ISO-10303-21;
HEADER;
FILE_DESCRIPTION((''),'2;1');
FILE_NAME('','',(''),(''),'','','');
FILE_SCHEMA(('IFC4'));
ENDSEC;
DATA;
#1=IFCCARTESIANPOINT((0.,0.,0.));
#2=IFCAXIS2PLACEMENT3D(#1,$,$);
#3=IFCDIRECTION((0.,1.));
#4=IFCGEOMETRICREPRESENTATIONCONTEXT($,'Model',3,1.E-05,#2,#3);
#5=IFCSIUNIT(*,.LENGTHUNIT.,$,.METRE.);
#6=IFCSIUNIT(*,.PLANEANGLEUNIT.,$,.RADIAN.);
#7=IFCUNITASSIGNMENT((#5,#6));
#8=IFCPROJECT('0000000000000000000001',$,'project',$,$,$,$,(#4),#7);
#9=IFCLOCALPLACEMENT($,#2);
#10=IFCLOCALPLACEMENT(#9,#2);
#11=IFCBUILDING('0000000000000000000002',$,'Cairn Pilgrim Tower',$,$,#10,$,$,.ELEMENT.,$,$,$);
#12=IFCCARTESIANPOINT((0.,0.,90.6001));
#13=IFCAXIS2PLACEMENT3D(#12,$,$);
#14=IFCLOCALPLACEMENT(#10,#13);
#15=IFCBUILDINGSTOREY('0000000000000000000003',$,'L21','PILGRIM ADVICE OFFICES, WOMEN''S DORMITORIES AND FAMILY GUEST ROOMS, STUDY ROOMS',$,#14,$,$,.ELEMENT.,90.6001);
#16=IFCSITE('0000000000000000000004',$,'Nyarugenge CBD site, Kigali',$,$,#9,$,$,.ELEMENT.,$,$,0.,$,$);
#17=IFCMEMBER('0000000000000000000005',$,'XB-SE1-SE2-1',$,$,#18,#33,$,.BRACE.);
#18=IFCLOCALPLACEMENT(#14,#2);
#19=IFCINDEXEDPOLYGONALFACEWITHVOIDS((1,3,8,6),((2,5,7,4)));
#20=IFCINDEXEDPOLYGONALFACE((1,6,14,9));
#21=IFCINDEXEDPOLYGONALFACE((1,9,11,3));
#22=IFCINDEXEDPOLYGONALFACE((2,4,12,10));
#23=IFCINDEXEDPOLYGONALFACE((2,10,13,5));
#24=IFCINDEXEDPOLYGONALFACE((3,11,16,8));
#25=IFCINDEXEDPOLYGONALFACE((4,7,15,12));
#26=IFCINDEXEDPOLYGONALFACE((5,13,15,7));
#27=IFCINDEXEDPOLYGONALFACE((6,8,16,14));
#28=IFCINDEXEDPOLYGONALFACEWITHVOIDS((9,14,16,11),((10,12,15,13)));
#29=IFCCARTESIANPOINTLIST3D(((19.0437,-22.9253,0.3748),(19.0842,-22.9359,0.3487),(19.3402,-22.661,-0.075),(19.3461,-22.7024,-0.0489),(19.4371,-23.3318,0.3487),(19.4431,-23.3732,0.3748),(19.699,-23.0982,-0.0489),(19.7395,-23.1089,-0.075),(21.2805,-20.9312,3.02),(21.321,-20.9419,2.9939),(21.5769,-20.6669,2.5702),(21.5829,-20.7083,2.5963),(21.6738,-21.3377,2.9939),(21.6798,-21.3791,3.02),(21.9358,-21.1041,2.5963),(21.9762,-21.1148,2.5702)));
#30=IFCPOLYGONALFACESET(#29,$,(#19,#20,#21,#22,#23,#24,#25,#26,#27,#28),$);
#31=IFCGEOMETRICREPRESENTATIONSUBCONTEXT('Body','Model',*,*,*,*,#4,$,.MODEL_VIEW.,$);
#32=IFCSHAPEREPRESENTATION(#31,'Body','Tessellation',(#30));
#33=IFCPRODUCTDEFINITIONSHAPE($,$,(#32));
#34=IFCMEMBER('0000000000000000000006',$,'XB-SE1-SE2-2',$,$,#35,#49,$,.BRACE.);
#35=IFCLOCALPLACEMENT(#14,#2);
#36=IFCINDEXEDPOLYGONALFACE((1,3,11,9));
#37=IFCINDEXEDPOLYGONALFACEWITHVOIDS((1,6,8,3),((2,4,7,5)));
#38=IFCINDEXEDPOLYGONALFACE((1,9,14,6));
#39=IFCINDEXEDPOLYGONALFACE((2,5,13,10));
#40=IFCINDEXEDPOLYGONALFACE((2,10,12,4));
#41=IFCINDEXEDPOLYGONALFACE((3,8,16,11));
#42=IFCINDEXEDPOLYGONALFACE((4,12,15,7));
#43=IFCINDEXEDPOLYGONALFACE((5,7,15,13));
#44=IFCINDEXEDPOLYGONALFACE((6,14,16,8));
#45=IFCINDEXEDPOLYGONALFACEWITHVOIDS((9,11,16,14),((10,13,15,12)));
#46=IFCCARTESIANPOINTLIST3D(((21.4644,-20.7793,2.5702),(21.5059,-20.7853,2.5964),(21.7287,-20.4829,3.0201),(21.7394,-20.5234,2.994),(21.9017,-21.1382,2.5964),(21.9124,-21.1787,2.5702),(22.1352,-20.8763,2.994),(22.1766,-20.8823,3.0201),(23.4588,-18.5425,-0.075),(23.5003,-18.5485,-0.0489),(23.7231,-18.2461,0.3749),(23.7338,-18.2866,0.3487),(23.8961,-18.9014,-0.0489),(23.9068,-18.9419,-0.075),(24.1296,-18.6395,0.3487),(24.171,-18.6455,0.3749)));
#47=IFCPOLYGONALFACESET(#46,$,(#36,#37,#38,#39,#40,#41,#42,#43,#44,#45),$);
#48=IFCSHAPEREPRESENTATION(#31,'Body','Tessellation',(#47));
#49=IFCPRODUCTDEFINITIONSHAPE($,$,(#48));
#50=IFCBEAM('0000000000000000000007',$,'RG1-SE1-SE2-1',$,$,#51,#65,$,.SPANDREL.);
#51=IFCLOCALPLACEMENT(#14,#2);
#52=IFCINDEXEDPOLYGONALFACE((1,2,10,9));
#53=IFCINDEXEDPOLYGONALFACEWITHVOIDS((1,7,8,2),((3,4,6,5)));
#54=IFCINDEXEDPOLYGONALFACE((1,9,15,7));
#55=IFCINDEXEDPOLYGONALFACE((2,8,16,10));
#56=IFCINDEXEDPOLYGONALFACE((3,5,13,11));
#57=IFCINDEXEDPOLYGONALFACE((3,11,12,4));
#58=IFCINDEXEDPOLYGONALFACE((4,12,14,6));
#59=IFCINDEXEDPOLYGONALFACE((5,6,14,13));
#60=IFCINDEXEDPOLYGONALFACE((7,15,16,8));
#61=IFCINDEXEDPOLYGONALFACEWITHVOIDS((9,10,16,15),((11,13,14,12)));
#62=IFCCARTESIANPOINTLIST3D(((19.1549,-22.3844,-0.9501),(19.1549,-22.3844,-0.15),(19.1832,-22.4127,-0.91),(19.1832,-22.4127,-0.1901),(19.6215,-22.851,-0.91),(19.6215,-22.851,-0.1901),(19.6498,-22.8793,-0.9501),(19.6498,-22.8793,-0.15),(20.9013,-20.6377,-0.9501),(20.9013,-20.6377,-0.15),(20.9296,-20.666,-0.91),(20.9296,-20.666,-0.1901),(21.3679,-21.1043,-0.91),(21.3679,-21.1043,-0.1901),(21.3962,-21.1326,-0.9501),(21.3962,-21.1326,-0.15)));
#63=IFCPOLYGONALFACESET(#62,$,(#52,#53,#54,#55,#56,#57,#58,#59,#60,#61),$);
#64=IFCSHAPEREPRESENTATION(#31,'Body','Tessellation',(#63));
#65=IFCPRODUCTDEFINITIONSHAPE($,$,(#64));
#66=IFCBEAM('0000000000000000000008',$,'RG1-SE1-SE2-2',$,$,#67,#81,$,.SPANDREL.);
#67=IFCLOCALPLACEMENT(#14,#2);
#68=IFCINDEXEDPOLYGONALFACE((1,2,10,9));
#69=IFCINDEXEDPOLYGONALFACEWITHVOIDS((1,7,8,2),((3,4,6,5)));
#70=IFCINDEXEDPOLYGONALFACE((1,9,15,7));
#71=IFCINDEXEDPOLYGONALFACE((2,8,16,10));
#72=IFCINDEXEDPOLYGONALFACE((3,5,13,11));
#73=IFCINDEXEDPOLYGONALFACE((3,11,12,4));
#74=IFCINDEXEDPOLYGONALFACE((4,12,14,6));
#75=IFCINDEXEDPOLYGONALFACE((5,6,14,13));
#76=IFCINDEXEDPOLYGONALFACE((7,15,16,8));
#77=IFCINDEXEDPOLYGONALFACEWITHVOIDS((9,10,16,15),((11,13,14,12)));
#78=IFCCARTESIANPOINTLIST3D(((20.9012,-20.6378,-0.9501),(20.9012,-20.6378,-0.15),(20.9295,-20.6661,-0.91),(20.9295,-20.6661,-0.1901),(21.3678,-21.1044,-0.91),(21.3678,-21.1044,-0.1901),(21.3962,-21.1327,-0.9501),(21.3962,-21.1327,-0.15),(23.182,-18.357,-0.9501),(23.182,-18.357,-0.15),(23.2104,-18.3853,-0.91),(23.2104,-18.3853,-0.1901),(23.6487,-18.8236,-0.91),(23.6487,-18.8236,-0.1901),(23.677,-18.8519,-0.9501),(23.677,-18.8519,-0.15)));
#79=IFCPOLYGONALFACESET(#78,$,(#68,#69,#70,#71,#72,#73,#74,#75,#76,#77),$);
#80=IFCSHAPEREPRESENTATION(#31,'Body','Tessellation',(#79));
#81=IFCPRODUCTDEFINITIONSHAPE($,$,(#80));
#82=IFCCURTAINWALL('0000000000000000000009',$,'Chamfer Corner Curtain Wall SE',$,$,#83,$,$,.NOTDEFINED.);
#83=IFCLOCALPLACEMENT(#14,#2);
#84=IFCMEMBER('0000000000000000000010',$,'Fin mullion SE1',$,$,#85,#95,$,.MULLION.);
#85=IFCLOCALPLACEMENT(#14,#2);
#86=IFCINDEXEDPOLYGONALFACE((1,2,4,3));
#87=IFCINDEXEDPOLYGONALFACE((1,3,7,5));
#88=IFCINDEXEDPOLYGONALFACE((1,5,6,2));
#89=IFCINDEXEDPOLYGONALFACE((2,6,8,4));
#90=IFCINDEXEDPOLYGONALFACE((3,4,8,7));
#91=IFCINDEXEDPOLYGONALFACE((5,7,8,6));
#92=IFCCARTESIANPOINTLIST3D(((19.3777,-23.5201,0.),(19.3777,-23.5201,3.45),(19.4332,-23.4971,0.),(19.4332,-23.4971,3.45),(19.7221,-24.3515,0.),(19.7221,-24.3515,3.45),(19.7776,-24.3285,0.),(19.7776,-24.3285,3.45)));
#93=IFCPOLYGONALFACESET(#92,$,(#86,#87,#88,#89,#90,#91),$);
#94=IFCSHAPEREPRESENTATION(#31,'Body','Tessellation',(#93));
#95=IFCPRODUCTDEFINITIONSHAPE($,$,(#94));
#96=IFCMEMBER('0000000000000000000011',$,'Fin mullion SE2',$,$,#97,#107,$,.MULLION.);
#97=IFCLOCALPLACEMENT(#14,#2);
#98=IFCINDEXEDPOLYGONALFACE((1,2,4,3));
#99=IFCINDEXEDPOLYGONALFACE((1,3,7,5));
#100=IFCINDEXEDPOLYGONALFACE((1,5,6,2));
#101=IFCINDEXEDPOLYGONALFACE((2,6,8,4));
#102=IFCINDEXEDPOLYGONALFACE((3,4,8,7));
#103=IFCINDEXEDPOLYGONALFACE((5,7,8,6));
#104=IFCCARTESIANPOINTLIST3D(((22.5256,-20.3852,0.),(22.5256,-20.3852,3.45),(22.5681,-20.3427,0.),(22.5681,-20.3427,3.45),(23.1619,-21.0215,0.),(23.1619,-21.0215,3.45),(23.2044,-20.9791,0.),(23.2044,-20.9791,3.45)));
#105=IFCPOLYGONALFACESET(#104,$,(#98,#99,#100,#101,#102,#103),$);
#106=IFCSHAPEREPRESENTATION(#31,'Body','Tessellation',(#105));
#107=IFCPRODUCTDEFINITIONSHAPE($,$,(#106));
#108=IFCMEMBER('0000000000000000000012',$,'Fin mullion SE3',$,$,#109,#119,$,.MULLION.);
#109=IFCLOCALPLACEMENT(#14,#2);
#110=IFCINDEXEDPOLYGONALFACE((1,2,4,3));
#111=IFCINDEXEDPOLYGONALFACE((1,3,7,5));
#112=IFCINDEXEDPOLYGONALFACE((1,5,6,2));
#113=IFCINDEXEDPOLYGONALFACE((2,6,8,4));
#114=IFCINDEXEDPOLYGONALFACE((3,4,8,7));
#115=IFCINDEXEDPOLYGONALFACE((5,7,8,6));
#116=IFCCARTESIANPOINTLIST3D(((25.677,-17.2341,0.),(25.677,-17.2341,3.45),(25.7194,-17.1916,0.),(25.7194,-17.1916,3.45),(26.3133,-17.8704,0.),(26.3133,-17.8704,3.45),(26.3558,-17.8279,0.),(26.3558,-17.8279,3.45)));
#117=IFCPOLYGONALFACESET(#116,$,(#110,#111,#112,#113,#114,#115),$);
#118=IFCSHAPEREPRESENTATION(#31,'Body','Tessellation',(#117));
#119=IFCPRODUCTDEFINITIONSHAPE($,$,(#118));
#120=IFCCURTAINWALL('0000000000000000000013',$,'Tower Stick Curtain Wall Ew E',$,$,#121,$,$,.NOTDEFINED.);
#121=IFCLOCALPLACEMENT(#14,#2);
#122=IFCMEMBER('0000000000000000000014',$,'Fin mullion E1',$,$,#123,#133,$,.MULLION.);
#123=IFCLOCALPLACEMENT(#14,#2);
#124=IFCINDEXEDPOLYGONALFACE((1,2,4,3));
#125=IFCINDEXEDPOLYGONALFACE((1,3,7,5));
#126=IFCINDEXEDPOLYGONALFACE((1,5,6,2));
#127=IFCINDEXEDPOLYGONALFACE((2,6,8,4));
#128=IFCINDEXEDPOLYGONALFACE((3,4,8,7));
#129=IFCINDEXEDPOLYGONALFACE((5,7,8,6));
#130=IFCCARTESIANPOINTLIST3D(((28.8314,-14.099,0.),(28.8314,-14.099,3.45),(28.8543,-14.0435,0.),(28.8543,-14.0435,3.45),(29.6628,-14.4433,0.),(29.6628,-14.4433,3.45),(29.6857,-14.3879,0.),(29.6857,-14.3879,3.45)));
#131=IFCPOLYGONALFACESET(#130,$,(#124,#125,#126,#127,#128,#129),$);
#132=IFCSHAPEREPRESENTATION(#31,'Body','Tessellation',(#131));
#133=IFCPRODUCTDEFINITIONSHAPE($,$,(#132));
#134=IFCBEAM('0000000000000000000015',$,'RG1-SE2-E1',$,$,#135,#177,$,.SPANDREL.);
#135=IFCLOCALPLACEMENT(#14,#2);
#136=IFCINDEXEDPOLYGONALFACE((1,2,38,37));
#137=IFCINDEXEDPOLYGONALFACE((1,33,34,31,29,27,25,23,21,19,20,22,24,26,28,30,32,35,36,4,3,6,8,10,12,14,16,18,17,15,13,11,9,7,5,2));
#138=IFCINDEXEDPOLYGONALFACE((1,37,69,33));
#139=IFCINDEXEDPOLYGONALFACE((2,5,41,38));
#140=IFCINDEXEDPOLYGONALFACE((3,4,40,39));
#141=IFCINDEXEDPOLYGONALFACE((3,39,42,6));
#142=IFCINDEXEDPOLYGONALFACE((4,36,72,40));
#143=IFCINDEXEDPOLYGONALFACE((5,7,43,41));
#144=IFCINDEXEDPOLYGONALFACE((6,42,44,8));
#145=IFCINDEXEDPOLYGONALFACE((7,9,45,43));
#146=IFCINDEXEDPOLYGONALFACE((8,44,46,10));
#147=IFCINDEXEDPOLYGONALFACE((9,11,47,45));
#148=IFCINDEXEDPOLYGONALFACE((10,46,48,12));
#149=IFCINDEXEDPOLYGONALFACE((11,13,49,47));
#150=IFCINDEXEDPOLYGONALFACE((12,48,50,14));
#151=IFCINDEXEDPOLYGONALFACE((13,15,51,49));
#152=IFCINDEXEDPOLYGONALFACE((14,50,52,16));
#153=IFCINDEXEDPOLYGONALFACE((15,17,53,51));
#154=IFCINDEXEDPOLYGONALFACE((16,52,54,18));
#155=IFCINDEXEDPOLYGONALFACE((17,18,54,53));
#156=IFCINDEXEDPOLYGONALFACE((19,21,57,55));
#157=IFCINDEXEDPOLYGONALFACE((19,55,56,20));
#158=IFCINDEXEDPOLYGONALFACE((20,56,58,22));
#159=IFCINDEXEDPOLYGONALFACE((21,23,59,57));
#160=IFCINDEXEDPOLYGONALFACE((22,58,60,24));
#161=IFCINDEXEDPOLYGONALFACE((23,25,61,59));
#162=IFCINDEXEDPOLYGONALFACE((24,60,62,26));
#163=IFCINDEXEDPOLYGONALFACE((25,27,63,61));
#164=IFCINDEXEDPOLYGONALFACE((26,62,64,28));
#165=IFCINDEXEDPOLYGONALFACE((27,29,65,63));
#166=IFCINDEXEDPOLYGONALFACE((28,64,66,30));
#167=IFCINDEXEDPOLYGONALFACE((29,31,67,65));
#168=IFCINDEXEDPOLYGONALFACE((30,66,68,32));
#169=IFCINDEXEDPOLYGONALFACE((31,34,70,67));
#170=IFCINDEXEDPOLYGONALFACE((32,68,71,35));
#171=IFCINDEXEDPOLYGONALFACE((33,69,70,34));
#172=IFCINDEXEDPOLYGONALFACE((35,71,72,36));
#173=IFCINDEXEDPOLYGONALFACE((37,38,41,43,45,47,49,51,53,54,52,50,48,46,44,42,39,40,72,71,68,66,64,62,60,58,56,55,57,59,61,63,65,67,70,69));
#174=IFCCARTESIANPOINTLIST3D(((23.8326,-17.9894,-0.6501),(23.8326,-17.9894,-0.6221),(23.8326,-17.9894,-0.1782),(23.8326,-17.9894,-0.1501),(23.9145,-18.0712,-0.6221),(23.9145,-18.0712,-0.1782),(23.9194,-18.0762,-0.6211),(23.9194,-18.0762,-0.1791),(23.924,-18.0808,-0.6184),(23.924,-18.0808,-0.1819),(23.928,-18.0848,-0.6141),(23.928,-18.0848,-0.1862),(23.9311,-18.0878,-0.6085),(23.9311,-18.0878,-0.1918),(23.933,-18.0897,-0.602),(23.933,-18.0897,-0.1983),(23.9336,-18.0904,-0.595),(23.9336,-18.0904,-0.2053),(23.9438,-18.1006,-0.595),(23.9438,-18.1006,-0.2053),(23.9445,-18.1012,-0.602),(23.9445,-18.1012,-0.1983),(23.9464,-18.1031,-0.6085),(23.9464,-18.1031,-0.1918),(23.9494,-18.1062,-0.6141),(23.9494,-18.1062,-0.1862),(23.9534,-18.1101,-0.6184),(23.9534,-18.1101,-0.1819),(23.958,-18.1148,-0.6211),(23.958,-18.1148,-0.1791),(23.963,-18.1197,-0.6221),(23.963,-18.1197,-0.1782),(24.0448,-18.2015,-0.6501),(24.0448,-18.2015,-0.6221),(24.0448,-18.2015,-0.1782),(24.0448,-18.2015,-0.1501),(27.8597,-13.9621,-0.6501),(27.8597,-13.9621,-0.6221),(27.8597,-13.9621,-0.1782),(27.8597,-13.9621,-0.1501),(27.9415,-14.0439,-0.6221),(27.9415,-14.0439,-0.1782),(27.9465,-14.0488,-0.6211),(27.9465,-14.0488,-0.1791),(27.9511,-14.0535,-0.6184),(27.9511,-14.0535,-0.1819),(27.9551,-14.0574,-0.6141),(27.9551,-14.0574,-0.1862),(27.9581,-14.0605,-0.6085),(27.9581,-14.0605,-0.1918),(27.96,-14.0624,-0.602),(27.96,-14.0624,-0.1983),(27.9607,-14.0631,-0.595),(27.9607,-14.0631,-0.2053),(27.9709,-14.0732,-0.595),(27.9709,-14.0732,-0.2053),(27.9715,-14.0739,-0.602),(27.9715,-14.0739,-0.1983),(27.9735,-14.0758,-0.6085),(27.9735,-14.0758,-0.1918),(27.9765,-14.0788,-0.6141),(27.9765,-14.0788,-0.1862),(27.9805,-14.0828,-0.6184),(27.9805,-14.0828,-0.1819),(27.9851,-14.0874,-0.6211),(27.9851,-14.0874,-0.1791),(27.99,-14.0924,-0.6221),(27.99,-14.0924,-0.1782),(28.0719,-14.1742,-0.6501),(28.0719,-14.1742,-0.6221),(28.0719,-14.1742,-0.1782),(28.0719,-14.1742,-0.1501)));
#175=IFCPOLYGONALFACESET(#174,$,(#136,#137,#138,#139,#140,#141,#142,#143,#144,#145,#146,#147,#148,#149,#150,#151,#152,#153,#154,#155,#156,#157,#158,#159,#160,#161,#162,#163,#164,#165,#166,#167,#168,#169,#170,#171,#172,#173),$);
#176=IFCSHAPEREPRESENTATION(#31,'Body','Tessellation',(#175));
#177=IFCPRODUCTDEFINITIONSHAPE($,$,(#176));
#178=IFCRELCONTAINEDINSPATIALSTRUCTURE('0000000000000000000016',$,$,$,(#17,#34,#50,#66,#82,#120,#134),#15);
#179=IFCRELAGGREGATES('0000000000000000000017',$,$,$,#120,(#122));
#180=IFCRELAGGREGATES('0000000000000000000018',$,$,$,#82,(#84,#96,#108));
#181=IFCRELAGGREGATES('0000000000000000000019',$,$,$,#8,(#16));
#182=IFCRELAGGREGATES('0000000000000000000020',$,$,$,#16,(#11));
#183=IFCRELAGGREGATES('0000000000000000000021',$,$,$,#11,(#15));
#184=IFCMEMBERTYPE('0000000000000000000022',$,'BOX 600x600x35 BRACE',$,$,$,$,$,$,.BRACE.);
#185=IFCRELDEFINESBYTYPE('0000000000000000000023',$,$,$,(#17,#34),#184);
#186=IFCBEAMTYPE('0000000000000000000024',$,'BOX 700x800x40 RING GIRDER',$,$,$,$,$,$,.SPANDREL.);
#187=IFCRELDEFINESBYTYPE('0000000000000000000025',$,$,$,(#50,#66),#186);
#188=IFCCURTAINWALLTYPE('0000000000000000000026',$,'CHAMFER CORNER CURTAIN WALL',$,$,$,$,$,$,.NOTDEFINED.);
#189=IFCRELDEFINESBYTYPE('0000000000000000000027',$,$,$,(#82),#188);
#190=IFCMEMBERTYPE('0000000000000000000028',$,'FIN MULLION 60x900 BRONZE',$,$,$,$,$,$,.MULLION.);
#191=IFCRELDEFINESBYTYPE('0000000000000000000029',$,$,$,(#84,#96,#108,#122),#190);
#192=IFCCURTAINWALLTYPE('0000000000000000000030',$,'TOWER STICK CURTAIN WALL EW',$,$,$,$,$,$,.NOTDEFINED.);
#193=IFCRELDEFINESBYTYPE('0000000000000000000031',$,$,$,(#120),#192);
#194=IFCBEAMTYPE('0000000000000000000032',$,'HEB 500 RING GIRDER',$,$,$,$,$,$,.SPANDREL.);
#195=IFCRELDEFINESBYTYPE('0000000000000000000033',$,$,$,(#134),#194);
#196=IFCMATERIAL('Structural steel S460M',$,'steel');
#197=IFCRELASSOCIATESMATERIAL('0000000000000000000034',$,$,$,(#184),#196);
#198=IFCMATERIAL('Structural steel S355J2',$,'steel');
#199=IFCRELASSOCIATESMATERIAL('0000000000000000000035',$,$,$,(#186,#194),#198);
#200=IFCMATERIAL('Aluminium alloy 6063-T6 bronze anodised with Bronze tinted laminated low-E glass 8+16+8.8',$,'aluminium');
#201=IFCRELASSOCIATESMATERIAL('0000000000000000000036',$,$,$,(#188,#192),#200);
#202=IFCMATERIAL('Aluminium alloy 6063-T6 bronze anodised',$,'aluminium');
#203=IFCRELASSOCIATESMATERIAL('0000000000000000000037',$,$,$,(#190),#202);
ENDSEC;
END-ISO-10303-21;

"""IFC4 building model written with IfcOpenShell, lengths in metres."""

from ifc_helpers import new_model, si_unit, direction, frame, origin, origin_2d, place, context, subcontext, project, spatial, rectangle, hollow_rectangle, i_section, extrude, material, material_profile, profile_set, type_object, element, aggregate, save


model = new_model("IFC4")

# Units and contexts
model_context = context("Model", 3, precision=1e-05, world=origin(), true_north=direction((0.0, 1.0)))
body_context = subcontext(model_context, "Body", "Model", "MODEL_VIEW")
ifc_project = project(units=[si_unit("LENGTHUNIT", "METRE"), si_unit("PLANEANGLEUNIT", "RADIAN")], contexts=[model_context])

# Site, building, storey
site_placement = place(None, origin())
site = spatial("IfcSite", under=ifc_project, at=site_placement, Name="Nyarugenge CBD site, Kigali", CompositionType="ELEMENT", RefElevation=0.0)
building_placement = place(site_placement, origin())
building = spatial("IfcBuilding", under=site, at=building_placement, Name="Cairn Pilgrim Tower", CompositionType="ELEMENT")
storey_placement = place(building_placement, frame((0.0, 0.0, 90.6001)))
storey = spatial("IfcBuildingStorey", under=building, at=storey_placement, Name="L21", Description="PILGRIM ADVICE OFFICES, WOMEN'S DORMITORIES AND FAMILY GUEST ROOMS, STUDY ROOMS", CompositionType="ELEMENT", Elevation=90.6001)

# Shared definitions
ifc_material_1 = material(Name="Structural steel S460M", Category="steel")

# Members
ifc_material_profile_1 = material_profile(ifc_material_1, hollow_rectangle(XDim=0.6001, YDim=0.6001, WallThickness=0.0349, at=origin_2d()), Name="BOX 600x600x35")
ifc_profile_set_1 = profile_set([ifc_material_profile_1], Name="Structural steel S460M")
member_type_1 = type_object("IfcMemberType", Name="BOX 600x600x35 BRACE", PredefinedType="BRACE", material=ifc_profile_set_1)
member_1_placement = place(storey_placement, frame((19.3916, -23.0171, 0.1499), z_axis=(0.5596, 0.498888, 0.661784), x_axis=(-0.665455, 0.746438, 0.0)))
element("IfcMember", 1, at=member_1_placement, inside=storey, type_object=member_type_1, Name="XB-SE1-SE2-1", PredefinedType="BRACE", context=body_context, shape_type="SweptSolid", body=[
    extrude(hollow_rectangle(XDim=0.6001, YDim=0.6001, WallThickness=0.0349, at=origin_2d()), origin(), (0.0, 0.0, 1.0), 3.9971),
])
member_2_placement = place(storey_placement, frame((23.8149, -18.594, 0.1499), z_axis=(-0.498934, -0.559583, 0.661764), x_axis=(0.746397, -0.665501, 0.0)))
element("IfcMember", 2, at=member_2_placement, inside=storey, type_object=member_type_1, Name="XB-SE1-SE2-2", PredefinedType="BRACE", context=body_context, shape_type="SweptSolid", body=[
    extrude(hollow_rectangle(XDim=0.6001, YDim=0.6001, WallThickness=0.0349, at=origin_2d()), origin(), (0.0, 0.0, 1.0), 3.9973),
])

# Beams
ifc_material_2 = material(Name="Structural steel S355J2", Category="steel")
ifc_material_profile_2 = material_profile(ifc_material_2, hollow_rectangle(XDim=0.7, YDim=0.8, WallThickness=0.04, at=origin_2d()), Name="BOX 700x800x40")
ifc_profile_set_2 = profile_set([ifc_material_profile_2], Name="Structural steel S355J2")
beam_type_1 = type_object("IfcBeamType", Name="BOX 700x800x40 RING GIRDER", PredefinedType="SPANDREL", material=ifc_profile_set_2)
beam_1_placement = place(storey_placement, frame((19.4023, -22.6318, -0.55), z_axis=(0.707057, 0.707156, 0.0), x_axis=(-0.707156, 0.707057, 0.0)))
element("IfcBeam", 3, at=beam_1_placement, inside=storey, type_object=beam_type_1, Name="RG1-SE1-SE2-1", PredefinedType="SPANDREL", context=body_context, shape_type="SweptSolid", body=[
    extrude(hollow_rectangle(XDim=0.7, YDim=0.8, WallThickness=0.04, at=origin_2d()), origin(), (0.0, 0.0, 1.0), 2.47),
])
beam_2_placement = place(storey_placement, frame((21.1487, -20.8853, -0.55), z_axis=(0.707107, 0.707107, 0.0), x_axis=(-0.707107, 0.707107, 0.0)))
element("IfcBeam", 4, at=beam_2_placement, inside=storey, type_object=beam_type_1, Name="RG1-SE1-SE2-2", PredefinedType="SPANDREL", context=body_context, shape_type="SweptSolid", body=[
    extrude(hollow_rectangle(XDim=0.7, YDim=0.8, WallThickness=0.04, at=origin_2d()), origin(), (0.0, 0.0, 1.0), 3.2256),
])

# Curtain wall, members
ifc_material_3 = material(Name="Aluminium alloy 6063-T6 bronze anodised with Bronze tinted laminated low-E glass 8+16+8.8", Category="aluminium")
curtain_wall_type_1 = type_object("IfcCurtainWallType", Name="CHAMFER CORNER CURTAIN WALL", PredefinedType="NOTDEFINED", material=ifc_material_3)
curtain_wall_1_placement = place(storey_placement, origin())
curtain_wall_1 = element("IfcCurtainWall", 5, at=curtain_wall_1_placement, inside=storey, type_object=curtain_wall_type_1, Name="Chamfer Corner Curtain Wall SE", PredefinedType="NOTDEFINED")
ifc_material_4 = material(Name="Aluminium alloy 6063-T6 bronze anodised", Category="aluminium")
ifc_material_profile_3 = material_profile(ifc_material_4, rectangle(XDim=0.8999, YDim=0.0601, at=origin_2d()), Name="FIN MULLION 60x900 BRONZE")
ifc_profile_set_3 = profile_set([ifc_material_profile_3], Name="Aluminium alloy 6063-T6 bronze anodised")
member_type_2 = type_object("IfcMemberType", Name="FIN MULLION 60x900 BRONZE", PredefinedType="MULLION", material=ifc_profile_set_3)
member_3_placement = place(storey_placement, frame((19.5776, -23.9243, 0.0), z_axis=(0.0, 0.0, 1.0), x_axis=(0.382683, -0.92388, 0.0)))
member_3 = element("IfcMember", 6, at=member_3_placement, type_object=member_type_2, Name="Fin mullion SE1", PredefinedType="MULLION", context=body_context, shape_type="SweptSolid", body=[
    extrude(rectangle(XDim=0.8999, YDim=0.0601, at=origin_2d()), origin(), (0.0, 0.0, 1.0), 3.45),
])
member_4_placement = place(storey_placement, frame((22.865, -20.6821, 0.0), z_axis=(0.0, 0.0, 1.0), x_axis=(0.707107, -0.707107, 0.0)))
member_4 = element("IfcMember", 7, at=member_4_placement, type_object=member_type_2, Name="Fin mullion SE2", PredefinedType="MULLION", context=body_context, shape_type="SweptSolid", body=[
    extrude(rectangle(XDim=0.8999, YDim=0.0601, at=origin_2d()), origin(), (0.0, 0.0, 1.0), 3.45),
])
member_5_placement = place(storey_placement, frame((26.0164, -17.531, 0.0), z_axis=(0.0, 0.0, 1.0), x_axis=(0.707107, -0.707107, 0.0)))
member_5 = element("IfcMember", 8, at=member_5_placement, type_object=member_type_2, Name="Fin mullion SE3", PredefinedType="MULLION", context=body_context, shape_type="SweptSolid", body=[
    extrude(rectangle(XDim=0.8999, YDim=0.0601, at=origin_2d()), origin(), (0.0, 0.0, 1.0), 3.45),
])

# Curtain wall, member
curtain_wall_type_2 = type_object("IfcCurtainWallType", Name="TOWER STICK CURTAIN WALL EW", PredefinedType="NOTDEFINED", material=ifc_material_3)
curtain_wall_2_placement = place(storey_placement, origin())
curtain_wall_2 = element("IfcCurtainWall", 9, at=curtain_wall_2_placement, inside=storey, type_object=curtain_wall_type_2, Name="Tower Stick Curtain Wall Ew E", PredefinedType="NOTDEFINED")
member_6_placement = place(storey_placement, frame((29.2585, -14.2434, 0.0), z_axis=(0.0, 0.0, 1.0), x_axis=(0.92388, -0.382683, 0.0)))
member_6 = element("IfcMember", 10, at=member_6_placement, type_object=member_type_2, Name="Fin mullion E1", PredefinedType="MULLION", context=body_context, shape_type="SweptSolid", body=[
    extrude(rectangle(XDim=0.8999, YDim=0.0601, at=origin_2d()), origin(), (0.0, 0.0, 1.0), 3.45),
])
aggregate(curtain_wall_2, [member_6])

# Beam
ifc_material_profile_4 = material_profile(ifc_material_2, i_section(OverallWidth=0.3, OverallDepth=0.5, WebThickness=0.0144, FlangeThickness=0.0281, FilletRadius=0.0271, at=origin_2d()), Name="HEB 500")
ifc_profile_set_4 = profile_set([ifc_material_profile_4], Name="Structural steel S355J2")
beam_type_2 = type_object("IfcBeamType", Name="HEB 500 RING GIRDER", PredefinedType="SPANDREL", material=ifc_profile_set_4)
beam_3_placement = place(storey_placement, frame((23.9387, -18.0955, -0.4001), z_axis=(0.707085, 0.707128, 0.0), x_axis=(-0.707128, 0.707085, 0.0)))
element("IfcBeam", 11, at=beam_3_placement, inside=storey, type_object=beam_type_2, Name="RG1-SE2-E1", PredefinedType="SPANDREL", context=body_context, shape_type="SweptSolid", body=[
    extrude(i_section(OverallWidth=0.3, OverallDepth=0.5, WebThickness=0.0144, FlangeThickness=0.0281, FilletRadius=0.0271, at=origin_2d()), origin(), (0.0, 0.0, 1.0), 5.6953),
])

aggregate(curtain_wall_1, [member_3, member_4, member_5])

save(model, "model.ifc")
